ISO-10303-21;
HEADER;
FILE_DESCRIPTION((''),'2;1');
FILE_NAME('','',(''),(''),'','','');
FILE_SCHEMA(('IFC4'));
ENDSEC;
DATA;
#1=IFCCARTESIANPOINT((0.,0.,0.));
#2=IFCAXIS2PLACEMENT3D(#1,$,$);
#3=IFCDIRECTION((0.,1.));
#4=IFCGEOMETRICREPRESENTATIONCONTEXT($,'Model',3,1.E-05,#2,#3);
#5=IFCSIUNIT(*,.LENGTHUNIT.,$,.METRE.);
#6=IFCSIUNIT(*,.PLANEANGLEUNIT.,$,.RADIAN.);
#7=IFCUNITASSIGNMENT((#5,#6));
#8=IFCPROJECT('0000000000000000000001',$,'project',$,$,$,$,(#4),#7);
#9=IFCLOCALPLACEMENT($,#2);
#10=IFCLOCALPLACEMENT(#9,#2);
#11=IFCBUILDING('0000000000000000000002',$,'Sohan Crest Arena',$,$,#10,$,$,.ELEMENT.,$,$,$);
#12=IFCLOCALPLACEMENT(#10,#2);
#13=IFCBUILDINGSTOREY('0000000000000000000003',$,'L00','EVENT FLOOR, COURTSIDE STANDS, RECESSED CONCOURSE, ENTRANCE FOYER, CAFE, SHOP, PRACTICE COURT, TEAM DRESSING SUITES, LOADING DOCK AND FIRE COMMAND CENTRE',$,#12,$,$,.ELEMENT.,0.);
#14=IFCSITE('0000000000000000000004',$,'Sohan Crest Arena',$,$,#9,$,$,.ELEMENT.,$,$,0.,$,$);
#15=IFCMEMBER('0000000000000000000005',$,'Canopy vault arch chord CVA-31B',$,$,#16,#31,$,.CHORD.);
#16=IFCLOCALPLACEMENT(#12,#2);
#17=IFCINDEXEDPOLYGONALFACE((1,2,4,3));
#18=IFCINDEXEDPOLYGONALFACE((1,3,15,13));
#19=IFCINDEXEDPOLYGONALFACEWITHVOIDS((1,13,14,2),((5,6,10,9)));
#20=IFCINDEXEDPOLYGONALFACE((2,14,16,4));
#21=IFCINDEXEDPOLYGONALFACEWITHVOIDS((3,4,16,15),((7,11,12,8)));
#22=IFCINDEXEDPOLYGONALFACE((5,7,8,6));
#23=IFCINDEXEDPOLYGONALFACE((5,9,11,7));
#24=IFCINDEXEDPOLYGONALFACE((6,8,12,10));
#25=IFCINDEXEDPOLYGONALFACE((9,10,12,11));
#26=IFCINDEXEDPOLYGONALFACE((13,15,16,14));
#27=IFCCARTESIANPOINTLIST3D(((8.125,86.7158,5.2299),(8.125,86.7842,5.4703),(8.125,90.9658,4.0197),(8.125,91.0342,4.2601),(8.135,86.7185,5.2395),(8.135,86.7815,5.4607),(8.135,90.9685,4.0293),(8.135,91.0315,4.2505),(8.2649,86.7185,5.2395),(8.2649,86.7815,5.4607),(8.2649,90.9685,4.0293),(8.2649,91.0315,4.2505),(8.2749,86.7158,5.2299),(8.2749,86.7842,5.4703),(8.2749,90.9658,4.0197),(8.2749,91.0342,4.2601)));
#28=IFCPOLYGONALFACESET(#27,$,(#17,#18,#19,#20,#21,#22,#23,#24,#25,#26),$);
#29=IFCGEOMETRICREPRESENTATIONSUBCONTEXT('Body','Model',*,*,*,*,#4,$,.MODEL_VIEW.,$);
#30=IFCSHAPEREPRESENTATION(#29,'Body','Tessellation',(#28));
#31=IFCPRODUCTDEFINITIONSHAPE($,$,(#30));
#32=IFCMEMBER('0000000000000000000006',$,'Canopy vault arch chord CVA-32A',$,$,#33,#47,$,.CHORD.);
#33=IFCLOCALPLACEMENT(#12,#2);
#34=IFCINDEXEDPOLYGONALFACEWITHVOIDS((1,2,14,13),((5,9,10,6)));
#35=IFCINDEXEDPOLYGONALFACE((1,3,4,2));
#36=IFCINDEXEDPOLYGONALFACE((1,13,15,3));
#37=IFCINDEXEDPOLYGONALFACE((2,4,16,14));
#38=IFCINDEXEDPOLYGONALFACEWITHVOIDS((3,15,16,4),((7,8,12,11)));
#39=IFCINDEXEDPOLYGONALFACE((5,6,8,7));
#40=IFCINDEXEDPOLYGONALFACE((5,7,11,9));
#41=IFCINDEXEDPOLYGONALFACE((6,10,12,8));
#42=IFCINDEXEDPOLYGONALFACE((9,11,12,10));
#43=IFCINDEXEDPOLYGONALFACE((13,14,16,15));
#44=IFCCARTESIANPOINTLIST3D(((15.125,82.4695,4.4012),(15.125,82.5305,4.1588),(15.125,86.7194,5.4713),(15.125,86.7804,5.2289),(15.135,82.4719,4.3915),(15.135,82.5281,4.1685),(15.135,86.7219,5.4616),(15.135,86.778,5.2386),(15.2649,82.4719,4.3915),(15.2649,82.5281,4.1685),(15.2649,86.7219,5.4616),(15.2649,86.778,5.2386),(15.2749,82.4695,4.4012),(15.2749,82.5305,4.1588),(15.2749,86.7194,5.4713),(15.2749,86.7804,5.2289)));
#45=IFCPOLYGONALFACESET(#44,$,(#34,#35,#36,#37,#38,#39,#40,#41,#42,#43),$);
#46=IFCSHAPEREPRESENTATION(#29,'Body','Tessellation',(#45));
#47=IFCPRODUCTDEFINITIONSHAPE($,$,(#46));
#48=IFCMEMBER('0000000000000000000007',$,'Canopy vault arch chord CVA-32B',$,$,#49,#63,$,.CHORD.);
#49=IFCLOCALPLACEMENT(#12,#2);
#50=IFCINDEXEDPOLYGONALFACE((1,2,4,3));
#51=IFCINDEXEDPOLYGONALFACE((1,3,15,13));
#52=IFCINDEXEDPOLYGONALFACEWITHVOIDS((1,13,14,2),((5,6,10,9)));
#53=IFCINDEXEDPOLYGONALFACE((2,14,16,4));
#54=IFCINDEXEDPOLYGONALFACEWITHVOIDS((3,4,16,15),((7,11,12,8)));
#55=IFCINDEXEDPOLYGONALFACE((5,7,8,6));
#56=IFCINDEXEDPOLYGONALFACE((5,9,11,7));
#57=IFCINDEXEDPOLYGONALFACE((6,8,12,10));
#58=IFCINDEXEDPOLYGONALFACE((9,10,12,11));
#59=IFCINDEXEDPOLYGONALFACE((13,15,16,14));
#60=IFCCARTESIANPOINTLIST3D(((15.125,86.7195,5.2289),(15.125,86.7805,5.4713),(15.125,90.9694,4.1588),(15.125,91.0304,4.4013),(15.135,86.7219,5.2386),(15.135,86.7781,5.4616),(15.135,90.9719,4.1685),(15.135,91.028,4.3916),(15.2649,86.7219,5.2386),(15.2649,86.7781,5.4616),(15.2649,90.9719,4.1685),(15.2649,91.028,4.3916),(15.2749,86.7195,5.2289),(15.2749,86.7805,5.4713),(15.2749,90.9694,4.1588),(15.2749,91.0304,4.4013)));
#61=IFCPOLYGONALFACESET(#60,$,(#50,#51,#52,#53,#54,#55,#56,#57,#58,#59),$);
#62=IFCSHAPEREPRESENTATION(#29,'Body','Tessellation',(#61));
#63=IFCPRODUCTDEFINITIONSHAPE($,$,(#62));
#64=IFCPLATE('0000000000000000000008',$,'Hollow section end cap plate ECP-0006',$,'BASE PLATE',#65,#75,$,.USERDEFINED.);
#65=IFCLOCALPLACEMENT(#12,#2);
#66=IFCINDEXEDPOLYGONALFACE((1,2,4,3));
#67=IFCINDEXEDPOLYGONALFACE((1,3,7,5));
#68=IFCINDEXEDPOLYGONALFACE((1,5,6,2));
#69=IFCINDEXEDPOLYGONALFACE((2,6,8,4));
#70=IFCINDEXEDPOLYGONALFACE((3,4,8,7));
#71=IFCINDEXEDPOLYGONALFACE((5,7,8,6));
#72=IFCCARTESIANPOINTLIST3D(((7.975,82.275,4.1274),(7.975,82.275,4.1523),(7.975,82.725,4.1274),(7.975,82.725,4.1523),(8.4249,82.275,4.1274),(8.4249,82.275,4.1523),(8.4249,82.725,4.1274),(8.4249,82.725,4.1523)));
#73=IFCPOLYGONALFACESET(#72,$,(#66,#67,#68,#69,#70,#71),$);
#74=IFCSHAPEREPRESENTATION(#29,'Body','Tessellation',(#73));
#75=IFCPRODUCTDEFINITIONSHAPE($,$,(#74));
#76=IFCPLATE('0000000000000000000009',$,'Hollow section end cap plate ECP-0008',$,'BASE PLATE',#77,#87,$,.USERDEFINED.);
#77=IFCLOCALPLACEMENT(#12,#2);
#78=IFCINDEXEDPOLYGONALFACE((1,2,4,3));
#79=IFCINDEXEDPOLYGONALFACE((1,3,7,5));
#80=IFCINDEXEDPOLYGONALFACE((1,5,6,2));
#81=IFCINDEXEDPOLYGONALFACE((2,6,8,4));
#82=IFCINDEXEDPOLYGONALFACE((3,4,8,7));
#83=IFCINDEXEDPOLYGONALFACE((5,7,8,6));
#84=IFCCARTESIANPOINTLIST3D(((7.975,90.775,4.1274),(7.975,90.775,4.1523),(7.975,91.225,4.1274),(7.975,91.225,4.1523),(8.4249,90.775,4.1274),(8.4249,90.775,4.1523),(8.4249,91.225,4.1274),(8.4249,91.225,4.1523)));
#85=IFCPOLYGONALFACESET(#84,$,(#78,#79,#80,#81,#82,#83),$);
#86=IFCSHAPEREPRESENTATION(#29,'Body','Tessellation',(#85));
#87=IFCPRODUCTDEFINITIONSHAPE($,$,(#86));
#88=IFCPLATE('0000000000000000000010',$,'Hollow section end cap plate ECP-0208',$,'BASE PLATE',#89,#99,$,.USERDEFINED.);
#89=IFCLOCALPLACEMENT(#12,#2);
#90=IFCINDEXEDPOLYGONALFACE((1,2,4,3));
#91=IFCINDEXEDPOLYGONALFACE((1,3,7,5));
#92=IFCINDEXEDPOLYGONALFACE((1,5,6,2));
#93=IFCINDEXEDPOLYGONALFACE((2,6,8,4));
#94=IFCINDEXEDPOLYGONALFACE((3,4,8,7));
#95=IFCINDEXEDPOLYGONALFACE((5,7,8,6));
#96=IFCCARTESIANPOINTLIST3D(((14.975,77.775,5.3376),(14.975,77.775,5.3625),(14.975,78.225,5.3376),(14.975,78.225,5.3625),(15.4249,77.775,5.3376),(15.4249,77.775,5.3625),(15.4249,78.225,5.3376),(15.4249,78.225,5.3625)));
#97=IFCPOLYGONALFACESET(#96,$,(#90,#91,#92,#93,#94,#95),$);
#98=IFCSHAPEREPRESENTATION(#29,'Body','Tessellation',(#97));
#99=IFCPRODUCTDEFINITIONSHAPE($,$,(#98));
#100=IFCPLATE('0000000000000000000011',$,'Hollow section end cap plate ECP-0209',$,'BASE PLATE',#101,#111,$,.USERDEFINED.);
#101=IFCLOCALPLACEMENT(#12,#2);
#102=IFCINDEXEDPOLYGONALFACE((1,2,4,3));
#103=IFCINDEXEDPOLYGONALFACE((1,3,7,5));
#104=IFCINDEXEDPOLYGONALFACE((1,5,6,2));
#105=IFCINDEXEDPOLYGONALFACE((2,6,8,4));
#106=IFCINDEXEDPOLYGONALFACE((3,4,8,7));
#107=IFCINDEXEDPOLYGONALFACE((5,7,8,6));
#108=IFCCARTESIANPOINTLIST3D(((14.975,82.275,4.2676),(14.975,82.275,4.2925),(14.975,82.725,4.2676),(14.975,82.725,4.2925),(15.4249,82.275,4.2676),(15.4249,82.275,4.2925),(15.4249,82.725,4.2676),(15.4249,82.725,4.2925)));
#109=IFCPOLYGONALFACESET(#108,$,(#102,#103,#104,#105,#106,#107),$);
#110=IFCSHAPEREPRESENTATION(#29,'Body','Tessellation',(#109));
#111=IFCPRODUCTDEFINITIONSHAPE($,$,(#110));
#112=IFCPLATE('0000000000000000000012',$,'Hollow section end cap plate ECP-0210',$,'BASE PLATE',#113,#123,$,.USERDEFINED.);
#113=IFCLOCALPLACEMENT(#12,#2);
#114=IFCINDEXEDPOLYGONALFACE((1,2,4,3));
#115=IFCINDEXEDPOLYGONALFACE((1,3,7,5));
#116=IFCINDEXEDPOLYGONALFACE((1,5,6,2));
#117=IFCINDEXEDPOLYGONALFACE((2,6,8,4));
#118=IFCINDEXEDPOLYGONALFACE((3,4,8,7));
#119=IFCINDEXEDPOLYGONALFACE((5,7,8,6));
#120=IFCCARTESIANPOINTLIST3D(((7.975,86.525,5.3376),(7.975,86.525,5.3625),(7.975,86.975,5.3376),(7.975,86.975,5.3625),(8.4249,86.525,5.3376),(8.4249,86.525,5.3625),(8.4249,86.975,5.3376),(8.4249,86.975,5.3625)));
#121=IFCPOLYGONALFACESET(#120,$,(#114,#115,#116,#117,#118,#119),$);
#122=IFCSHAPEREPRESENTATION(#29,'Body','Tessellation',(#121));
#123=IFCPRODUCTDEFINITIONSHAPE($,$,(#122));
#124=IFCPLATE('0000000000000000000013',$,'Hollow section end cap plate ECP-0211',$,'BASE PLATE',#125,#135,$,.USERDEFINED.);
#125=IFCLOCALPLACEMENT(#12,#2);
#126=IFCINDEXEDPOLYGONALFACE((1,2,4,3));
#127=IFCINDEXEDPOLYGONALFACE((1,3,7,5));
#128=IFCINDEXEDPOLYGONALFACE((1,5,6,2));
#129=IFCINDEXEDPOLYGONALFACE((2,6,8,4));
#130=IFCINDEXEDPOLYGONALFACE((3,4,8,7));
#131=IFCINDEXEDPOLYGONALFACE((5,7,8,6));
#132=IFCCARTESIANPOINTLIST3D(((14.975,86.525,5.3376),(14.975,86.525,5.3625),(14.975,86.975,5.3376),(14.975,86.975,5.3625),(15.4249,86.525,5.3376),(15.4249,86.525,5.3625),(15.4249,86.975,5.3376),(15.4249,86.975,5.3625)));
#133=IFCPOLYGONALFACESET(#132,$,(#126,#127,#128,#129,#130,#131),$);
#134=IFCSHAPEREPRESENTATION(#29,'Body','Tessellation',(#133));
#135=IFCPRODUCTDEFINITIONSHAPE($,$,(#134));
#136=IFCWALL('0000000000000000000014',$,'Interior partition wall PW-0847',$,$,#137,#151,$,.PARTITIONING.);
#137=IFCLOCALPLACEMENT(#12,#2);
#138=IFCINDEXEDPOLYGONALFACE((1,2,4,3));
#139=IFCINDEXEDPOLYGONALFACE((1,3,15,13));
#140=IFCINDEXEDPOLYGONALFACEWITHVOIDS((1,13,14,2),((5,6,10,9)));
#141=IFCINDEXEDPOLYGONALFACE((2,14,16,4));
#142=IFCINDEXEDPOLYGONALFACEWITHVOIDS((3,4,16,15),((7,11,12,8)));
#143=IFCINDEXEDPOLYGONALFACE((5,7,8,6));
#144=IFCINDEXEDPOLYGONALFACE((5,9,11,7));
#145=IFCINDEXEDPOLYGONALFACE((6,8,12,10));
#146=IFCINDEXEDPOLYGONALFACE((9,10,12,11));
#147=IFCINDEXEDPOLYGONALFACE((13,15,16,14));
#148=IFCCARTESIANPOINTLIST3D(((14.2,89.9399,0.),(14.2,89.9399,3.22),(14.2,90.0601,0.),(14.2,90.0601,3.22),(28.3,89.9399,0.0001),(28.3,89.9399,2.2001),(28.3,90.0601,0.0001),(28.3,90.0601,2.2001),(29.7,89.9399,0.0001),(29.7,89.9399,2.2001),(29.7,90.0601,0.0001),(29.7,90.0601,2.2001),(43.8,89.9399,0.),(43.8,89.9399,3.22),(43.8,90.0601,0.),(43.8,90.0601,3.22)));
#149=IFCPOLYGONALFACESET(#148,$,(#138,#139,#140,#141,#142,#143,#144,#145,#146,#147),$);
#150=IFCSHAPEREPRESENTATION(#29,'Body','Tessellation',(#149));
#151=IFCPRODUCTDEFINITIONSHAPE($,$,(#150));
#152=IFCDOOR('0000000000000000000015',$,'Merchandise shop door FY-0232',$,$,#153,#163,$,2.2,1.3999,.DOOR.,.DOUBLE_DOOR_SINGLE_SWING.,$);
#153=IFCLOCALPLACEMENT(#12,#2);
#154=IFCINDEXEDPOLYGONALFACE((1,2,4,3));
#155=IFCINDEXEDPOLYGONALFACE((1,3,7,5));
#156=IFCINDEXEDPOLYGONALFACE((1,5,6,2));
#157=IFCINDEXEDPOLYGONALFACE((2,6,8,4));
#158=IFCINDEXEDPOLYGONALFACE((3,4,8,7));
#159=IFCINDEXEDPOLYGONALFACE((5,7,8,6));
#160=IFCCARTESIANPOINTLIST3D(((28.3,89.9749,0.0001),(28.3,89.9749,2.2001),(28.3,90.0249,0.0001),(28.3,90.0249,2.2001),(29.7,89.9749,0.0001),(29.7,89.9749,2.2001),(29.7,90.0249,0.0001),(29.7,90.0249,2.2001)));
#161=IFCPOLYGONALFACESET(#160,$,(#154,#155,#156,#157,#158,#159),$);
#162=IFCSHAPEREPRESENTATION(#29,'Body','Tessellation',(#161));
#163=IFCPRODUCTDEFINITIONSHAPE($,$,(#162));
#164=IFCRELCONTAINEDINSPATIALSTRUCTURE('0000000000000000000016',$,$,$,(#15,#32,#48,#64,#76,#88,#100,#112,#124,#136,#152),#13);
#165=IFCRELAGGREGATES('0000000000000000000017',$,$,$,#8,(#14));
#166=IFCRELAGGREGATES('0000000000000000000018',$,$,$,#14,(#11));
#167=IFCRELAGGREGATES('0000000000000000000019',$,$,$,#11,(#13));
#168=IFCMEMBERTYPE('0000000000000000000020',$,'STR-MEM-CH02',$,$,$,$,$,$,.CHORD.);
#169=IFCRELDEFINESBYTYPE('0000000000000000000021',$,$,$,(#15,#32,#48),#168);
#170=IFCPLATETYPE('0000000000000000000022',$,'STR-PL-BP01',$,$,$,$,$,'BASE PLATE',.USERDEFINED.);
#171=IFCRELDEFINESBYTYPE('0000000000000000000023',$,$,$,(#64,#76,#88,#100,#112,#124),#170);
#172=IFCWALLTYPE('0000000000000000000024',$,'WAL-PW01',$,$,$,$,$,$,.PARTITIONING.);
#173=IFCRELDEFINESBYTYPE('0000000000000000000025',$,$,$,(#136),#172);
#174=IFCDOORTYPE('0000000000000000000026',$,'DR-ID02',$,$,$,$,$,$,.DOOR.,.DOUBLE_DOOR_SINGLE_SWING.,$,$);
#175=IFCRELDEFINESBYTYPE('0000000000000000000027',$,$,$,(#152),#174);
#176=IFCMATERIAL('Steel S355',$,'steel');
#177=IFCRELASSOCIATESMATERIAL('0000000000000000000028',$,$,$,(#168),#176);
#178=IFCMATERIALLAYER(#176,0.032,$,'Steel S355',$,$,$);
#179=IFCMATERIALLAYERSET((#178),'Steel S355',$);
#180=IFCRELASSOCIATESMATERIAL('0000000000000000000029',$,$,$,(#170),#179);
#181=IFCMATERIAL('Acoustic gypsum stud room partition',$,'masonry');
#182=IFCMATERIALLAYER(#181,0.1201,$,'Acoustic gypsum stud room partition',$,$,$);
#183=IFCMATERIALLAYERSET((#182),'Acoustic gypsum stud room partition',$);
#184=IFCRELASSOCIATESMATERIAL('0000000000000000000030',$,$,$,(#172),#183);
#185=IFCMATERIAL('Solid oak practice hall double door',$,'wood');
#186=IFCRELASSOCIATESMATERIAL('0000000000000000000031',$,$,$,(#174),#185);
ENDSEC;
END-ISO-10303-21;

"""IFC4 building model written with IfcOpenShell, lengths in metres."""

from ifc_helpers import new_model, si_unit, direction, frame, frame_2d, origin, origin_2d, place, context, subcontext, project, spatial, rectangle, hollow_rectangle, extrude, material, layer, layer_set, material_profile, profile_set, type_object, element, fill, save


model = new_model("IFC4")

# Units and contexts
model_context = context("Model", 3, precision=1e-05, world=origin(), true_north=direction((0.0, 1.0)))
body_context = subcontext(model_context, "Body", "Model", "MODEL_VIEW")
ifc_project = project(units=[si_unit("LENGTHUNIT", "METRE"), si_unit("PLANEANGLEUNIT", "RADIAN")], contexts=[model_context])

# Site, building, storey
site_placement = place(None, origin())
site = spatial("IfcSite", under=ifc_project, at=site_placement, Name="Sohan Crest Arena", CompositionType="ELEMENT", RefElevation=0.0)
building_placement = place(site_placement, origin())
building = spatial("IfcBuilding", under=site, at=building_placement, Name="Sohan Crest Arena", CompositionType="ELEMENT")
storey_placement = place(building_placement, origin())
storey = spatial("IfcBuildingStorey", under=building, at=storey_placement, Name="L00", Description="EVENT FLOOR, COURTSIDE STANDS, RECESSED CONCOURSE, ENTRANCE FOYER, CAFE, SHOP, PRACTICE COURT, TEAM DRESSING SUITES, LOADING DOCK AND FIRE COMMAND CENTRE", CompositionType="ELEMENT", Elevation=0.0)

# Shared definitions
ifc_material_1 = material(Name="Steel S355", Category="steel")

# Members
ifc_material_profile_1 = material_profile(ifc_material_1, hollow_rectangle(XDim=0.1499, YDim=0.25, WallThickness=0.01, at=origin_2d()), Name="RHS 250x150x10")
ifc_profile_set_1 = profile_set([ifc_material_profile_1], Name="Steel S355")
member_type_1 = type_object("IfcMemberType", Name="STR-MEM-CH02", PredefinedType="CHORD", material=ifc_profile_set_1)
for number, where, z_axis, x_axis, name in (
    (1, (8.2, 86.75, 5.3501), (0.0, 0.961767, -0.273867), (-1.0, 0.0, 0.0), "Canopy vault arch chord CVA-31B"),
):
    element("IfcMember", number, at=place(storey_placement, frame(where, z_axis=z_axis, x_axis=x_axis)), inside=storey, type_object=member_type_1, Name=name, PredefinedType="CHORD", context=body_context, shape_type="SweptSolid", body=[
        extrude(hollow_rectangle(XDim=0.1499, YDim=0.25, WallThickness=0.01, at=origin_2d()), origin(), (0.0, 0.0, 1.0), 4.4189),
    ])
for number, where, z_axis, x_axis, name in (
    (2, (15.2, 82.5, 4.28), (0.0, 0.969735, 0.244161), (-1.0, 0.0, 0.0), "Canopy vault arch chord CVA-32A"),
    (3, (15.2, 86.75, 5.3501), (0.0, 0.969735, -0.244161), (-1.0, 0.0, 0.0), "Canopy vault arch chord CVA-32B"),
):
    element("IfcMember", number, at=place(storey_placement, frame(where, z_axis=z_axis, x_axis=x_axis)), inside=storey, type_object=member_type_1, Name=name, PredefinedType="CHORD", context=body_context, shape_type="SweptSolid", body=[
        extrude(hollow_rectangle(XDim=0.1499, YDim=0.25, WallThickness=0.01, at=origin_2d()), origin(), (0.0, 0.0, 1.0), 4.3826),
    ])

# Plates
ifc_layer_1 = layer(ifc_material_1, 0.032, Name="Steel S355")
ifc_layer_set_1 = layer_set([ifc_layer_1], Name="Steel S355")
plate_type = type_object("IfcPlateType", Name="STR-PL-BP01", ElementType="BASE PLATE", PredefinedType="USERDEFINED", material=ifc_layer_set_1)
for number, where, z_axis, x_axis, name in (
    (4, (8.2, 82.5, 4.1274), (0.0, 0.0, 1.0), (1.0, 0.0, 0.0), "Hollow section end cap plate ECP-0006"),
    (5, (8.2, 91.0, 4.1274), (0.0, 0.0, 1.0), (1.0, 0.0, 0.0), "Hollow section end cap plate ECP-0008"),
    (6, (15.2, 78.0, 5.3376), (0.0, 0.0, 1.0), (1.0, 0.0, 0.0), "Hollow section end cap plate ECP-0208"),
    (7, (15.2, 82.5, 4.2676), (0.0, 0.0, 1.0), (1.0, 0.0, 0.0), "Hollow section end cap plate ECP-0209"),
    (8, (8.2, 86.75, 5.3376), (0.0, 0.0, 1.0), (1.0, 0.0, 0.0), "Hollow section end cap plate ECP-0210"),
    (9, (15.2, 86.75, 5.3376), (0.0, 0.0, 1.0), (1.0, 0.0, 0.0), "Hollow section end cap plate ECP-0211"),
):
    element("IfcPlate", number, at=place(storey_placement, frame(where, z_axis=z_axis, x_axis=x_axis)), inside=storey, type_object=plate_type, Name=name, ObjectType="BASE PLATE", PredefinedType="USERDEFINED", context=body_context, shape_type="SweptSolid", body=[
        extrude(rectangle(XDim=0.45, YDim=0.45, at=origin_2d()), origin(), (0.0, 0.0, 1.0), 0.0249),
    ])

# Wall, opening, door
ifc_material_2 = material(Name="Acoustic gypsum stud room partition", Category="masonry")
ifc_layer_2 = layer(ifc_material_2, 0.1201, Name="Acoustic gypsum stud room partition")
ifc_layer_set_2 = layer_set([ifc_layer_2], Name="Acoustic gypsum stud room partition")
wall_type = type_object("IfcWallType", Name="WAL-PW01", PredefinedType="PARTITIONING", material=ifc_layer_set_2)
wall_placement = place(storey_placement, frame((14.2, 90.0, 0.0), z_axis=(0.0, 0.0, 1.0), x_axis=(1.0, 0.0, 0.0)))
wall = element("IfcWall", 10, at=wall_placement, inside=storey, type_object=wall_type, Name="Interior partition wall PW-0847", PredefinedType="PARTITIONING", context=body_context, shape_type="SweptSolid", body=[
    extrude(rectangle(XDim=29.6001, YDim=0.1201, at=frame_2d((14.8, 0.0))), origin(), (0.0, 0.0, 1.0), 3.22),
])
opening_placement = place(wall_placement, frame((14.1001, 0.0, 0.0)))
opening = element("IfcOpeningElement", 11, at=opening_placement, cuts=wall, PredefinedType="OPENING", context=body_context, shape_type="SweptSolid", body=[
    extrude(rectangle(XDim=1.3999, YDim=2.2, at=frame_2d((0.7, 1.1001))), frame((0.0, 0.0701, 0.0), z_axis=(0.0, -1.0, 0.0), x_axis=(1.0, 0.0, 0.0)), (0.0, 0.0, 1.0), 0.1401),
])
ifc_material_3 = material(Name="Solid oak practice hall double door", Category="wood")
door_type = type_object("IfcDoorType", Name="DR-ID02", OperationType="DOUBLE_DOOR_SINGLE_SWING", PredefinedType="DOOR", material=ifc_material_3)
door_placement = place(opening_placement, origin())
door = element("IfcDoor", 12, at=door_placement, inside=storey, type_object=door_type, Name="Merchandise shop door FY-0232", OperationType="DOUBLE_DOOR_SINGLE_SWING", OverallHeight=2.2, OverallWidth=1.3999, PredefinedType="DOOR", context=body_context, shape_type="SweptSolid", body=[
    extrude(rectangle(XDim=1.3999, YDim=2.2, at=frame_2d((0.7, 1.1001))), frame((0.0, 0.0249, 0.0), z_axis=(0.0, -1.0, 0.0), x_axis=(1.0, 0.0, 0.0)), (0.0, 0.0, 1.0), 0.05),
])
fill(opening, door)

save(model, "model.ifc")
